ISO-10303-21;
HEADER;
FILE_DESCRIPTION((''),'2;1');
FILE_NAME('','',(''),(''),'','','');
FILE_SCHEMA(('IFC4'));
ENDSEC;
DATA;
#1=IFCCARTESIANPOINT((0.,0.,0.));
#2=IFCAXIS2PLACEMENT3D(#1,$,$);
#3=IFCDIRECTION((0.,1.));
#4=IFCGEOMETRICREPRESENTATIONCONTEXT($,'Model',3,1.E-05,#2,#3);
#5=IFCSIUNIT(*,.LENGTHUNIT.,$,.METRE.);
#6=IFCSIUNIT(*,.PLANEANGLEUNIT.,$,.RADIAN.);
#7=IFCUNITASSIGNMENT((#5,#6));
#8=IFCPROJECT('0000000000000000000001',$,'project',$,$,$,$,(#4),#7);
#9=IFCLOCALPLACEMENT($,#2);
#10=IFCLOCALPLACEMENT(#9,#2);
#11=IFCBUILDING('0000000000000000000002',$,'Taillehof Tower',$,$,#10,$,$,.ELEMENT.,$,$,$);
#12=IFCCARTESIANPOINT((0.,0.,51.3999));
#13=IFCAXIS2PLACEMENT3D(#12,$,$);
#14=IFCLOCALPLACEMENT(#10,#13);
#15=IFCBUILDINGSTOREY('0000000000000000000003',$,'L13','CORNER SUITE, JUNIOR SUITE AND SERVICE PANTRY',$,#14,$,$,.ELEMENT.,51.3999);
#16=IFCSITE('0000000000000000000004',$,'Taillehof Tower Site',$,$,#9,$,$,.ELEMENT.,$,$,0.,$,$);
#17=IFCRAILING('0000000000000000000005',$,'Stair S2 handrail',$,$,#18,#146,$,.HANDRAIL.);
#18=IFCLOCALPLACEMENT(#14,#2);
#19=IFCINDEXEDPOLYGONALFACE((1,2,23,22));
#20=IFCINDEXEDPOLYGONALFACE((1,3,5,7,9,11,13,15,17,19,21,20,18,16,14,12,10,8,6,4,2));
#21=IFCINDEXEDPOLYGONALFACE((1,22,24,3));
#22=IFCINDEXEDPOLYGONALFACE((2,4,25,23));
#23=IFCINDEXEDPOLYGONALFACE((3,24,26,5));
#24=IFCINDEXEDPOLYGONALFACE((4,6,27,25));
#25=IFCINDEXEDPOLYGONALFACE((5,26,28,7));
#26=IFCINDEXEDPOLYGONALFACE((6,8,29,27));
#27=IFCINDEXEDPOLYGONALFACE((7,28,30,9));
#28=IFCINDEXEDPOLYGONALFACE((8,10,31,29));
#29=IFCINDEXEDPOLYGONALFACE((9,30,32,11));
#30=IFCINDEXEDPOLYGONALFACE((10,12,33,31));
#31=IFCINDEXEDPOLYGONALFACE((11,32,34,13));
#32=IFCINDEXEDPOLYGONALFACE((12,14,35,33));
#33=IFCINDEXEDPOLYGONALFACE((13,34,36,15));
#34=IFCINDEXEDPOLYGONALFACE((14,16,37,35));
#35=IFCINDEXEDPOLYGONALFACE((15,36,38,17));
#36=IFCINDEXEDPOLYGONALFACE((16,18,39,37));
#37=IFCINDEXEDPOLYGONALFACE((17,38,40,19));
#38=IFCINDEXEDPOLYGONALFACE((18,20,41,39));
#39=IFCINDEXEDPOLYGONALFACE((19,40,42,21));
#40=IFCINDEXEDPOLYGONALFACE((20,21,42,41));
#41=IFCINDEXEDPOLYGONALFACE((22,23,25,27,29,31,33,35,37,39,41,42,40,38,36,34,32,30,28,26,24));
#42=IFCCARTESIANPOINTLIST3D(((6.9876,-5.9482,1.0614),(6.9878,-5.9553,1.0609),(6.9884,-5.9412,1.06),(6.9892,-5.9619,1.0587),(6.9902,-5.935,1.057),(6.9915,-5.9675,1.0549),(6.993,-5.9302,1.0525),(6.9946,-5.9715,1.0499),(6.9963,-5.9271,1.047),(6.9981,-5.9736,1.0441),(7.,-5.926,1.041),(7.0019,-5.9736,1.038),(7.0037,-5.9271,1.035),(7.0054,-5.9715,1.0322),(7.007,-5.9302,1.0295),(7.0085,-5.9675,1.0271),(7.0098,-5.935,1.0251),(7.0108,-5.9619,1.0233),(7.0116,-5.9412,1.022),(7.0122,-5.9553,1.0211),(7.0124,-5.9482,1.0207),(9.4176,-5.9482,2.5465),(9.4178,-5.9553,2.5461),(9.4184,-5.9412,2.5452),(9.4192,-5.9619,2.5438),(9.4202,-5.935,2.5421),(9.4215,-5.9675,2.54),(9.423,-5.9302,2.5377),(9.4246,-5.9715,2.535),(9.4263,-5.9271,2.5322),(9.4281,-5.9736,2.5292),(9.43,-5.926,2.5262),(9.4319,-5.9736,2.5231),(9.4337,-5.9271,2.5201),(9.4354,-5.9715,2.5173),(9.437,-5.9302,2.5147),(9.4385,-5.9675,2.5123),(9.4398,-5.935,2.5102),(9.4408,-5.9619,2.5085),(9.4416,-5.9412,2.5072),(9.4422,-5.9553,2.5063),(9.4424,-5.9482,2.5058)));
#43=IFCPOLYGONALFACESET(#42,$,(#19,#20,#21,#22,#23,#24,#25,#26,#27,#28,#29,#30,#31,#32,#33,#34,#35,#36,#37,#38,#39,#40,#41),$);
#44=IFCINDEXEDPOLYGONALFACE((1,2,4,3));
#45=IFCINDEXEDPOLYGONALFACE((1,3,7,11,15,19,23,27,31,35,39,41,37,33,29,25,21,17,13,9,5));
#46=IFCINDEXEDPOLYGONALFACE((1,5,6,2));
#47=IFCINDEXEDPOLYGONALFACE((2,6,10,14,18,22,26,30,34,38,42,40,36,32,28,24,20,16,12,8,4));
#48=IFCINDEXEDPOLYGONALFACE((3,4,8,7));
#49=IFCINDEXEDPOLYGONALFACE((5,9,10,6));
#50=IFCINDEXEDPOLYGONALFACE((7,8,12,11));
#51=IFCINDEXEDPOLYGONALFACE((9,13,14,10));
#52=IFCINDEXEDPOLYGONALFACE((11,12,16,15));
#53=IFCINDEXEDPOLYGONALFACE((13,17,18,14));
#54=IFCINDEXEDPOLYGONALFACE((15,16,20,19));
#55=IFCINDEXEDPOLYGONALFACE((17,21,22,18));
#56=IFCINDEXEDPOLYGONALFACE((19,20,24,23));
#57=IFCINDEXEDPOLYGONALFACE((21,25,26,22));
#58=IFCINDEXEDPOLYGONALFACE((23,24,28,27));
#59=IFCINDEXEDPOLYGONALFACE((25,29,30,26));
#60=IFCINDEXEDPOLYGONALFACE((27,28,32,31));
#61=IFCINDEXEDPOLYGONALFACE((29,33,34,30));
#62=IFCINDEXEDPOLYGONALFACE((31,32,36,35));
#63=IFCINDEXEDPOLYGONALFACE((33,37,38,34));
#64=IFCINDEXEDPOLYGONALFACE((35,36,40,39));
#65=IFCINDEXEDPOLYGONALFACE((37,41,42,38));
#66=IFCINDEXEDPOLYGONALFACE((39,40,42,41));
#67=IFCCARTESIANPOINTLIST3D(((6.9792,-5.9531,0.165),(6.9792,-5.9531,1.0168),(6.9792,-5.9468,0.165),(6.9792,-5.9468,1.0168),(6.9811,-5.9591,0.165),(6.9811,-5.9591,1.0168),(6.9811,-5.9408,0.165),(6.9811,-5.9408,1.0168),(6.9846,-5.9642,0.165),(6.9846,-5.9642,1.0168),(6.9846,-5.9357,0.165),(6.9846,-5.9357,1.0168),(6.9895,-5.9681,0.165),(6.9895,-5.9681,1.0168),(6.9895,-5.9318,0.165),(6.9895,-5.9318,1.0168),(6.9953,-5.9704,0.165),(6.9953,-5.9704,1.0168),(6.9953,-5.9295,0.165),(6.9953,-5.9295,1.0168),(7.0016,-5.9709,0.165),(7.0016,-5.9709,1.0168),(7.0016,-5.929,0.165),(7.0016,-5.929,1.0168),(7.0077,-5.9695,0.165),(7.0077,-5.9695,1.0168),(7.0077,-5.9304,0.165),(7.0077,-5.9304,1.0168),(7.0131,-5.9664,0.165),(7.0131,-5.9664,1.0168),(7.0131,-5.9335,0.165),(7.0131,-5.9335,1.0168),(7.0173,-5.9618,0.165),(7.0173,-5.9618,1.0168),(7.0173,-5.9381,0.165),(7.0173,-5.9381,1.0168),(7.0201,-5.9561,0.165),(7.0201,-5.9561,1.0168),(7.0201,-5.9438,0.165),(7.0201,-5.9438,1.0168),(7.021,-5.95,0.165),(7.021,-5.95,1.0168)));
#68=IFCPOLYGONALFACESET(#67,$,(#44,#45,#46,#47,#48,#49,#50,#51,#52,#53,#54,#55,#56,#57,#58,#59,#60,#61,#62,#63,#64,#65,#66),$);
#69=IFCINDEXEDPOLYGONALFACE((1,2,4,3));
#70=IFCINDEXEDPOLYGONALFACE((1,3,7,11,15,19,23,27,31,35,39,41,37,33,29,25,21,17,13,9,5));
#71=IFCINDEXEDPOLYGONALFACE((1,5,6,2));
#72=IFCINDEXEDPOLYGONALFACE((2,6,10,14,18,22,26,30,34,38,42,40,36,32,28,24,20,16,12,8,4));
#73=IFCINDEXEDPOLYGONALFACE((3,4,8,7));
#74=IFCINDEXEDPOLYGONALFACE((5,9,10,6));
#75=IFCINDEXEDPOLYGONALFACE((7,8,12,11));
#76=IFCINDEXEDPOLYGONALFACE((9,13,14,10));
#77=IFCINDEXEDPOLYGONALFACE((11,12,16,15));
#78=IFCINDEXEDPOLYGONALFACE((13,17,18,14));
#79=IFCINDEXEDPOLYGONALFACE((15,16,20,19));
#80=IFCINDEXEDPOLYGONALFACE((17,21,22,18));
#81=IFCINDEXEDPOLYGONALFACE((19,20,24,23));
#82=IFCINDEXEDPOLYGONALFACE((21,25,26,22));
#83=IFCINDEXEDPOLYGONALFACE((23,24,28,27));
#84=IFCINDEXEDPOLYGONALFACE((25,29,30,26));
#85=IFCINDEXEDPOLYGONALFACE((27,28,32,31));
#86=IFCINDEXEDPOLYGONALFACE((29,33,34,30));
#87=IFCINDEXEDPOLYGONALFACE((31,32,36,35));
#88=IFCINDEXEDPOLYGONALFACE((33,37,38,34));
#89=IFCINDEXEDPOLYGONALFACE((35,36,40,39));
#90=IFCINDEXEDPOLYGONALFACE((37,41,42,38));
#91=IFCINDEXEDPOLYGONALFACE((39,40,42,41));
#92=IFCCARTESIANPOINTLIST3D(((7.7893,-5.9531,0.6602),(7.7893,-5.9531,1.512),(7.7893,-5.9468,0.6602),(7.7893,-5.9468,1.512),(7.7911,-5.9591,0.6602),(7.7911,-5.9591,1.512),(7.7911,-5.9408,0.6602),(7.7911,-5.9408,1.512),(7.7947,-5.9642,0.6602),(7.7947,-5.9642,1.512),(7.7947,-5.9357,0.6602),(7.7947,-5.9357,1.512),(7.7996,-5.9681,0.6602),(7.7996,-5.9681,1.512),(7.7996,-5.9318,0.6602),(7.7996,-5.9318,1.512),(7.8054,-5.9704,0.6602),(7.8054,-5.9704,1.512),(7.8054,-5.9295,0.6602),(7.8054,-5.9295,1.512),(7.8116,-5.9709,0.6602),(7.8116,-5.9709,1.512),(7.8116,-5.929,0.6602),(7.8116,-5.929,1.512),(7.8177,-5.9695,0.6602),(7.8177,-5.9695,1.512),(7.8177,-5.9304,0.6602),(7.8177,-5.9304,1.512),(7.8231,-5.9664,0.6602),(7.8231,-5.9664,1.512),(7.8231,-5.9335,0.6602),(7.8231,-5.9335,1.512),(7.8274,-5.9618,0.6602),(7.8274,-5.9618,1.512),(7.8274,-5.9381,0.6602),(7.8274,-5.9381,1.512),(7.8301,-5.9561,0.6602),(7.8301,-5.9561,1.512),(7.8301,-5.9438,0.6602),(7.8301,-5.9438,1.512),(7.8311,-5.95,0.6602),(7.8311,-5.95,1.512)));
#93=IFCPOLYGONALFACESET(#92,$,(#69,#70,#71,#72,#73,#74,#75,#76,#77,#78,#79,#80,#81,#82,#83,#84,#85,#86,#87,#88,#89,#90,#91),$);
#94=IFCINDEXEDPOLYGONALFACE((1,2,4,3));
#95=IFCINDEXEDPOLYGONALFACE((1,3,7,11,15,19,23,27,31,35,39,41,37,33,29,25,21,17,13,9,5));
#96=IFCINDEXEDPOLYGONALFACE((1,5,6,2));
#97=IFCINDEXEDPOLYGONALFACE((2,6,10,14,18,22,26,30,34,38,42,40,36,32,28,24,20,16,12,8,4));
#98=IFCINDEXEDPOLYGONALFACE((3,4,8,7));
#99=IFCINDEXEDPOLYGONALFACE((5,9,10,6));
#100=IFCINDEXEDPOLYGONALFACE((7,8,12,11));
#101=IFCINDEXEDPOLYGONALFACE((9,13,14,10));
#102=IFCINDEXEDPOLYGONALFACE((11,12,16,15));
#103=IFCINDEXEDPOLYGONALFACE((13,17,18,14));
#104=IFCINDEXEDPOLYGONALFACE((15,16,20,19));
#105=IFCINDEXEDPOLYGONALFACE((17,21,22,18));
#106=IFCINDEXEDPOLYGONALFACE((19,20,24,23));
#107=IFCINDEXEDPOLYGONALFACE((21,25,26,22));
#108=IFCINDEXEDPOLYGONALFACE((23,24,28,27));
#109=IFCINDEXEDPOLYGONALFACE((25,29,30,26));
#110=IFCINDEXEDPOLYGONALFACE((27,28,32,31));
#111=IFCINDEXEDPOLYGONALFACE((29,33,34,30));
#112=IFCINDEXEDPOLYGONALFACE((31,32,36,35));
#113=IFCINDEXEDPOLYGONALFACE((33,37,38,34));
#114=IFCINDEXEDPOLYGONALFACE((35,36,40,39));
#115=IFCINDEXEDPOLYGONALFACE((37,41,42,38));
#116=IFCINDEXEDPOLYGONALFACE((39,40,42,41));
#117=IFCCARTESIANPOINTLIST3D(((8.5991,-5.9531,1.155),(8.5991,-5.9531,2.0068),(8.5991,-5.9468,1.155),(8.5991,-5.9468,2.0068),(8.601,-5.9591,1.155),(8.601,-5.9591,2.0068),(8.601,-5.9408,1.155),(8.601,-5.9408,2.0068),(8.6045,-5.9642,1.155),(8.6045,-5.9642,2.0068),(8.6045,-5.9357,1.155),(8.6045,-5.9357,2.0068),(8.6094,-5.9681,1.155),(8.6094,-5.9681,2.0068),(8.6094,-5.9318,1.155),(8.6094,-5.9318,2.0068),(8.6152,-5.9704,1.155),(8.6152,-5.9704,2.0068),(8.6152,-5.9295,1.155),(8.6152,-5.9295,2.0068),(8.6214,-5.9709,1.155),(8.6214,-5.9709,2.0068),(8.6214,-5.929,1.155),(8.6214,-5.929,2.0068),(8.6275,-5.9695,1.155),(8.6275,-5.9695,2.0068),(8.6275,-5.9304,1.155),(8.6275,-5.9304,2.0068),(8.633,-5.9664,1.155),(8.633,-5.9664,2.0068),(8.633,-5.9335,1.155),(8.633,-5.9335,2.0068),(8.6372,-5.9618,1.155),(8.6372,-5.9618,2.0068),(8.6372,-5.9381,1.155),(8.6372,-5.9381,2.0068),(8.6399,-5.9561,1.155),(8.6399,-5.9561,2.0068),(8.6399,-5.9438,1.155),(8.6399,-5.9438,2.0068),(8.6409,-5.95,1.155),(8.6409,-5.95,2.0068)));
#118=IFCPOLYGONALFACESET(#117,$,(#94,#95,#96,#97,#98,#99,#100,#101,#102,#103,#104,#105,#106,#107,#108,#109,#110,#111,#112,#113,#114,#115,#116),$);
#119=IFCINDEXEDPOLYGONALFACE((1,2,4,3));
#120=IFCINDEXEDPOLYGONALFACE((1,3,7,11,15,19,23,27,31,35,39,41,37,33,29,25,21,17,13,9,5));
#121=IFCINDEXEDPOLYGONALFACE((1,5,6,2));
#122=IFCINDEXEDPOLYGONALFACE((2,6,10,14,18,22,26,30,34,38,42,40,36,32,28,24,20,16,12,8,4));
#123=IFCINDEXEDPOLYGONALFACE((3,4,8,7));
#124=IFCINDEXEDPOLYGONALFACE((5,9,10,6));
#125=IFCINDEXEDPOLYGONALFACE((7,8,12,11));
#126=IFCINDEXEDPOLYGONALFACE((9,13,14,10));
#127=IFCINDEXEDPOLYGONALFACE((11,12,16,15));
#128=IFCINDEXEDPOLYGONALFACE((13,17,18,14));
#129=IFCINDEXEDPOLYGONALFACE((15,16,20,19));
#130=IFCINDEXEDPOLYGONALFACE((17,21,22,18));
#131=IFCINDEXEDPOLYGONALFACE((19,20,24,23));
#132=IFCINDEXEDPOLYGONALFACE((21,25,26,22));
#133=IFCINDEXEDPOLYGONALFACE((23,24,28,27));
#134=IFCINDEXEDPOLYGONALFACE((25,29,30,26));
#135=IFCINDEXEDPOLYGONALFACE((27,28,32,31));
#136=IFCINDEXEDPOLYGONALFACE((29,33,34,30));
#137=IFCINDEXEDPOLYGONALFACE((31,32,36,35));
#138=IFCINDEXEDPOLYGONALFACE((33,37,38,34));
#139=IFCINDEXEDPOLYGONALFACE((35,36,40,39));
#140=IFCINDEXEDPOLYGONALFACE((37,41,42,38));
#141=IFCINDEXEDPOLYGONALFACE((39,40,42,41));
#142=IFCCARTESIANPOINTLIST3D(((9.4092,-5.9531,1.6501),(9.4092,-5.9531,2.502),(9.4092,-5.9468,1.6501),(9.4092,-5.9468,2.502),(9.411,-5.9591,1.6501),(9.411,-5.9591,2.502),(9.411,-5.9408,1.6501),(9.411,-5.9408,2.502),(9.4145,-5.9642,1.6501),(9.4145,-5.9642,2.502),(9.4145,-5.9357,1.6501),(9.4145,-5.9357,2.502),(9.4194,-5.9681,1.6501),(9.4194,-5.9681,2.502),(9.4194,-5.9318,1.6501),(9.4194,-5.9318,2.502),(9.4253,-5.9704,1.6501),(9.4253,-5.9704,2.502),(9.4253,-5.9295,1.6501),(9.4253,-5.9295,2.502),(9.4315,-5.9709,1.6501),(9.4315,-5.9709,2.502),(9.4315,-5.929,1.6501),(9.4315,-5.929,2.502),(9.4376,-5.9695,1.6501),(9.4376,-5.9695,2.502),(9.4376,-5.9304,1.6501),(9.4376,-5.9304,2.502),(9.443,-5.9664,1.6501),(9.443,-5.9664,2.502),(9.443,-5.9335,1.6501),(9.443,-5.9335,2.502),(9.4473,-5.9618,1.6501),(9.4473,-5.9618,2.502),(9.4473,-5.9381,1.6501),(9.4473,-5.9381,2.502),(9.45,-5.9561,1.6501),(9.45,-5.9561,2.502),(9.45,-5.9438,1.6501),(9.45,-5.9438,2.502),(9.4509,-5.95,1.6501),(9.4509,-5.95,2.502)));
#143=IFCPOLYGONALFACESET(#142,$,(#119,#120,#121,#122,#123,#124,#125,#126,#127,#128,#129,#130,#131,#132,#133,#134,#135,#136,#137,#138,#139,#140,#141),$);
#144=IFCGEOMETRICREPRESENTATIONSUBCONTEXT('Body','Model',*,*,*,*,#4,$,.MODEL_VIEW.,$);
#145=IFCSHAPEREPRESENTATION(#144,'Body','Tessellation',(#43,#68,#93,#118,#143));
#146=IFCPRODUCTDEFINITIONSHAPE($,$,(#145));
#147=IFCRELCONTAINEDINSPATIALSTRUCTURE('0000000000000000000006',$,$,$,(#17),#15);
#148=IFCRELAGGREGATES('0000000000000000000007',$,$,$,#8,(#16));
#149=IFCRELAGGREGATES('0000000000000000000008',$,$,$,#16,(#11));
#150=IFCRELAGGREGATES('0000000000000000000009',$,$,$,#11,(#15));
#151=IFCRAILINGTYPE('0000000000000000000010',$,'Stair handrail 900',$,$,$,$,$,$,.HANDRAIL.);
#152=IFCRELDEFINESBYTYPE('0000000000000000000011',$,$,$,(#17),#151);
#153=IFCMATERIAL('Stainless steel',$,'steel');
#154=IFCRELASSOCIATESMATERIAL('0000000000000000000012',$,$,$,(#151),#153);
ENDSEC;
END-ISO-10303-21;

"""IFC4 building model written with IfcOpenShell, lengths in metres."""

from ifc_helpers import new_model, si_unit, direction, frame, origin, origin_2d, place, context, subcontext, project, spatial, circle, extrude, material, type_object, element, save


model = new_model("IFC4")

# Units and contexts
model_context = context("Model", 3, precision=1e-05, world=origin(), true_north=direction((0.0, 1.0)))
body_context = subcontext(model_context, "Body", "Model", "MODEL_VIEW")
ifc_project = project(units=[si_unit("LENGTHUNIT", "METRE"), si_unit("PLANEANGLEUNIT", "RADIAN")], contexts=[model_context])

# Site, building, storey
site_placement = place(None, origin())
site = spatial("IfcSite", under=ifc_project, at=site_placement, Name="Taillehof Tower Site", CompositionType="ELEMENT", RefElevation=0.0)
building_placement = place(site_placement, origin())
building = spatial("IfcBuilding", under=site, at=building_placement, Name="Taillehof Tower", CompositionType="ELEMENT")
storey_placement = place(building_placement, frame((0.0, 0.0, 51.3999)))
storey = spatial("IfcBuildingStorey", under=building, at=storey_placement, Name="L13", Description="CORNER SUITE, JUNIOR SUITE AND SERVICE PANTRY", CompositionType="ELEMENT", Elevation=51.3999)

# Railing
ifc_material_1 = material(Name="Stainless steel", Category="steel")
railing_type = type_object("IfcRailingType", Name="Stair handrail 900", PredefinedType="HANDRAIL", material=ifc_material_1)
railing_placement = place(storey_placement, frame((7.0, -5.95, 0.165)))
element("IfcRailing", 1, at=railing_placement, inside=storey, type_object=railing_type, Name="Stair S2 handrail", PredefinedType="HANDRAIL", context=body_context, shape_type="SweptSolid", body=[
    extrude(circle(Radius=0.0239, at=origin_2d()), frame((0.0, 0.0, 0.876), z_axis=(0.853259, 0.0, 0.521488), x_axis=(0.0, 1.0, 0.0)), (0.0, 0.0, 1.0), 2.8479),
    extrude(circle(Radius=0.021, at=origin_2d()), origin(), (0.0, 0.0, 1.0), 0.8518),
    extrude(circle(Radius=0.021, at=origin_2d()), frame((0.8101, 0.0, 0.4951)), (0.0, 0.0, 1.0), 0.8518),
    extrude(circle(Radius=0.021, at=origin_2d()), frame((1.6199, 0.0, 0.99)), (0.0, 0.0, 1.0), 0.8518),
    extrude(circle(Radius=0.021, at=origin_2d()), frame((2.4299, 0.0, 1.4851)), (0.0, 0.0, 1.0), 0.8518),
])

save(model, "model.ifc")
